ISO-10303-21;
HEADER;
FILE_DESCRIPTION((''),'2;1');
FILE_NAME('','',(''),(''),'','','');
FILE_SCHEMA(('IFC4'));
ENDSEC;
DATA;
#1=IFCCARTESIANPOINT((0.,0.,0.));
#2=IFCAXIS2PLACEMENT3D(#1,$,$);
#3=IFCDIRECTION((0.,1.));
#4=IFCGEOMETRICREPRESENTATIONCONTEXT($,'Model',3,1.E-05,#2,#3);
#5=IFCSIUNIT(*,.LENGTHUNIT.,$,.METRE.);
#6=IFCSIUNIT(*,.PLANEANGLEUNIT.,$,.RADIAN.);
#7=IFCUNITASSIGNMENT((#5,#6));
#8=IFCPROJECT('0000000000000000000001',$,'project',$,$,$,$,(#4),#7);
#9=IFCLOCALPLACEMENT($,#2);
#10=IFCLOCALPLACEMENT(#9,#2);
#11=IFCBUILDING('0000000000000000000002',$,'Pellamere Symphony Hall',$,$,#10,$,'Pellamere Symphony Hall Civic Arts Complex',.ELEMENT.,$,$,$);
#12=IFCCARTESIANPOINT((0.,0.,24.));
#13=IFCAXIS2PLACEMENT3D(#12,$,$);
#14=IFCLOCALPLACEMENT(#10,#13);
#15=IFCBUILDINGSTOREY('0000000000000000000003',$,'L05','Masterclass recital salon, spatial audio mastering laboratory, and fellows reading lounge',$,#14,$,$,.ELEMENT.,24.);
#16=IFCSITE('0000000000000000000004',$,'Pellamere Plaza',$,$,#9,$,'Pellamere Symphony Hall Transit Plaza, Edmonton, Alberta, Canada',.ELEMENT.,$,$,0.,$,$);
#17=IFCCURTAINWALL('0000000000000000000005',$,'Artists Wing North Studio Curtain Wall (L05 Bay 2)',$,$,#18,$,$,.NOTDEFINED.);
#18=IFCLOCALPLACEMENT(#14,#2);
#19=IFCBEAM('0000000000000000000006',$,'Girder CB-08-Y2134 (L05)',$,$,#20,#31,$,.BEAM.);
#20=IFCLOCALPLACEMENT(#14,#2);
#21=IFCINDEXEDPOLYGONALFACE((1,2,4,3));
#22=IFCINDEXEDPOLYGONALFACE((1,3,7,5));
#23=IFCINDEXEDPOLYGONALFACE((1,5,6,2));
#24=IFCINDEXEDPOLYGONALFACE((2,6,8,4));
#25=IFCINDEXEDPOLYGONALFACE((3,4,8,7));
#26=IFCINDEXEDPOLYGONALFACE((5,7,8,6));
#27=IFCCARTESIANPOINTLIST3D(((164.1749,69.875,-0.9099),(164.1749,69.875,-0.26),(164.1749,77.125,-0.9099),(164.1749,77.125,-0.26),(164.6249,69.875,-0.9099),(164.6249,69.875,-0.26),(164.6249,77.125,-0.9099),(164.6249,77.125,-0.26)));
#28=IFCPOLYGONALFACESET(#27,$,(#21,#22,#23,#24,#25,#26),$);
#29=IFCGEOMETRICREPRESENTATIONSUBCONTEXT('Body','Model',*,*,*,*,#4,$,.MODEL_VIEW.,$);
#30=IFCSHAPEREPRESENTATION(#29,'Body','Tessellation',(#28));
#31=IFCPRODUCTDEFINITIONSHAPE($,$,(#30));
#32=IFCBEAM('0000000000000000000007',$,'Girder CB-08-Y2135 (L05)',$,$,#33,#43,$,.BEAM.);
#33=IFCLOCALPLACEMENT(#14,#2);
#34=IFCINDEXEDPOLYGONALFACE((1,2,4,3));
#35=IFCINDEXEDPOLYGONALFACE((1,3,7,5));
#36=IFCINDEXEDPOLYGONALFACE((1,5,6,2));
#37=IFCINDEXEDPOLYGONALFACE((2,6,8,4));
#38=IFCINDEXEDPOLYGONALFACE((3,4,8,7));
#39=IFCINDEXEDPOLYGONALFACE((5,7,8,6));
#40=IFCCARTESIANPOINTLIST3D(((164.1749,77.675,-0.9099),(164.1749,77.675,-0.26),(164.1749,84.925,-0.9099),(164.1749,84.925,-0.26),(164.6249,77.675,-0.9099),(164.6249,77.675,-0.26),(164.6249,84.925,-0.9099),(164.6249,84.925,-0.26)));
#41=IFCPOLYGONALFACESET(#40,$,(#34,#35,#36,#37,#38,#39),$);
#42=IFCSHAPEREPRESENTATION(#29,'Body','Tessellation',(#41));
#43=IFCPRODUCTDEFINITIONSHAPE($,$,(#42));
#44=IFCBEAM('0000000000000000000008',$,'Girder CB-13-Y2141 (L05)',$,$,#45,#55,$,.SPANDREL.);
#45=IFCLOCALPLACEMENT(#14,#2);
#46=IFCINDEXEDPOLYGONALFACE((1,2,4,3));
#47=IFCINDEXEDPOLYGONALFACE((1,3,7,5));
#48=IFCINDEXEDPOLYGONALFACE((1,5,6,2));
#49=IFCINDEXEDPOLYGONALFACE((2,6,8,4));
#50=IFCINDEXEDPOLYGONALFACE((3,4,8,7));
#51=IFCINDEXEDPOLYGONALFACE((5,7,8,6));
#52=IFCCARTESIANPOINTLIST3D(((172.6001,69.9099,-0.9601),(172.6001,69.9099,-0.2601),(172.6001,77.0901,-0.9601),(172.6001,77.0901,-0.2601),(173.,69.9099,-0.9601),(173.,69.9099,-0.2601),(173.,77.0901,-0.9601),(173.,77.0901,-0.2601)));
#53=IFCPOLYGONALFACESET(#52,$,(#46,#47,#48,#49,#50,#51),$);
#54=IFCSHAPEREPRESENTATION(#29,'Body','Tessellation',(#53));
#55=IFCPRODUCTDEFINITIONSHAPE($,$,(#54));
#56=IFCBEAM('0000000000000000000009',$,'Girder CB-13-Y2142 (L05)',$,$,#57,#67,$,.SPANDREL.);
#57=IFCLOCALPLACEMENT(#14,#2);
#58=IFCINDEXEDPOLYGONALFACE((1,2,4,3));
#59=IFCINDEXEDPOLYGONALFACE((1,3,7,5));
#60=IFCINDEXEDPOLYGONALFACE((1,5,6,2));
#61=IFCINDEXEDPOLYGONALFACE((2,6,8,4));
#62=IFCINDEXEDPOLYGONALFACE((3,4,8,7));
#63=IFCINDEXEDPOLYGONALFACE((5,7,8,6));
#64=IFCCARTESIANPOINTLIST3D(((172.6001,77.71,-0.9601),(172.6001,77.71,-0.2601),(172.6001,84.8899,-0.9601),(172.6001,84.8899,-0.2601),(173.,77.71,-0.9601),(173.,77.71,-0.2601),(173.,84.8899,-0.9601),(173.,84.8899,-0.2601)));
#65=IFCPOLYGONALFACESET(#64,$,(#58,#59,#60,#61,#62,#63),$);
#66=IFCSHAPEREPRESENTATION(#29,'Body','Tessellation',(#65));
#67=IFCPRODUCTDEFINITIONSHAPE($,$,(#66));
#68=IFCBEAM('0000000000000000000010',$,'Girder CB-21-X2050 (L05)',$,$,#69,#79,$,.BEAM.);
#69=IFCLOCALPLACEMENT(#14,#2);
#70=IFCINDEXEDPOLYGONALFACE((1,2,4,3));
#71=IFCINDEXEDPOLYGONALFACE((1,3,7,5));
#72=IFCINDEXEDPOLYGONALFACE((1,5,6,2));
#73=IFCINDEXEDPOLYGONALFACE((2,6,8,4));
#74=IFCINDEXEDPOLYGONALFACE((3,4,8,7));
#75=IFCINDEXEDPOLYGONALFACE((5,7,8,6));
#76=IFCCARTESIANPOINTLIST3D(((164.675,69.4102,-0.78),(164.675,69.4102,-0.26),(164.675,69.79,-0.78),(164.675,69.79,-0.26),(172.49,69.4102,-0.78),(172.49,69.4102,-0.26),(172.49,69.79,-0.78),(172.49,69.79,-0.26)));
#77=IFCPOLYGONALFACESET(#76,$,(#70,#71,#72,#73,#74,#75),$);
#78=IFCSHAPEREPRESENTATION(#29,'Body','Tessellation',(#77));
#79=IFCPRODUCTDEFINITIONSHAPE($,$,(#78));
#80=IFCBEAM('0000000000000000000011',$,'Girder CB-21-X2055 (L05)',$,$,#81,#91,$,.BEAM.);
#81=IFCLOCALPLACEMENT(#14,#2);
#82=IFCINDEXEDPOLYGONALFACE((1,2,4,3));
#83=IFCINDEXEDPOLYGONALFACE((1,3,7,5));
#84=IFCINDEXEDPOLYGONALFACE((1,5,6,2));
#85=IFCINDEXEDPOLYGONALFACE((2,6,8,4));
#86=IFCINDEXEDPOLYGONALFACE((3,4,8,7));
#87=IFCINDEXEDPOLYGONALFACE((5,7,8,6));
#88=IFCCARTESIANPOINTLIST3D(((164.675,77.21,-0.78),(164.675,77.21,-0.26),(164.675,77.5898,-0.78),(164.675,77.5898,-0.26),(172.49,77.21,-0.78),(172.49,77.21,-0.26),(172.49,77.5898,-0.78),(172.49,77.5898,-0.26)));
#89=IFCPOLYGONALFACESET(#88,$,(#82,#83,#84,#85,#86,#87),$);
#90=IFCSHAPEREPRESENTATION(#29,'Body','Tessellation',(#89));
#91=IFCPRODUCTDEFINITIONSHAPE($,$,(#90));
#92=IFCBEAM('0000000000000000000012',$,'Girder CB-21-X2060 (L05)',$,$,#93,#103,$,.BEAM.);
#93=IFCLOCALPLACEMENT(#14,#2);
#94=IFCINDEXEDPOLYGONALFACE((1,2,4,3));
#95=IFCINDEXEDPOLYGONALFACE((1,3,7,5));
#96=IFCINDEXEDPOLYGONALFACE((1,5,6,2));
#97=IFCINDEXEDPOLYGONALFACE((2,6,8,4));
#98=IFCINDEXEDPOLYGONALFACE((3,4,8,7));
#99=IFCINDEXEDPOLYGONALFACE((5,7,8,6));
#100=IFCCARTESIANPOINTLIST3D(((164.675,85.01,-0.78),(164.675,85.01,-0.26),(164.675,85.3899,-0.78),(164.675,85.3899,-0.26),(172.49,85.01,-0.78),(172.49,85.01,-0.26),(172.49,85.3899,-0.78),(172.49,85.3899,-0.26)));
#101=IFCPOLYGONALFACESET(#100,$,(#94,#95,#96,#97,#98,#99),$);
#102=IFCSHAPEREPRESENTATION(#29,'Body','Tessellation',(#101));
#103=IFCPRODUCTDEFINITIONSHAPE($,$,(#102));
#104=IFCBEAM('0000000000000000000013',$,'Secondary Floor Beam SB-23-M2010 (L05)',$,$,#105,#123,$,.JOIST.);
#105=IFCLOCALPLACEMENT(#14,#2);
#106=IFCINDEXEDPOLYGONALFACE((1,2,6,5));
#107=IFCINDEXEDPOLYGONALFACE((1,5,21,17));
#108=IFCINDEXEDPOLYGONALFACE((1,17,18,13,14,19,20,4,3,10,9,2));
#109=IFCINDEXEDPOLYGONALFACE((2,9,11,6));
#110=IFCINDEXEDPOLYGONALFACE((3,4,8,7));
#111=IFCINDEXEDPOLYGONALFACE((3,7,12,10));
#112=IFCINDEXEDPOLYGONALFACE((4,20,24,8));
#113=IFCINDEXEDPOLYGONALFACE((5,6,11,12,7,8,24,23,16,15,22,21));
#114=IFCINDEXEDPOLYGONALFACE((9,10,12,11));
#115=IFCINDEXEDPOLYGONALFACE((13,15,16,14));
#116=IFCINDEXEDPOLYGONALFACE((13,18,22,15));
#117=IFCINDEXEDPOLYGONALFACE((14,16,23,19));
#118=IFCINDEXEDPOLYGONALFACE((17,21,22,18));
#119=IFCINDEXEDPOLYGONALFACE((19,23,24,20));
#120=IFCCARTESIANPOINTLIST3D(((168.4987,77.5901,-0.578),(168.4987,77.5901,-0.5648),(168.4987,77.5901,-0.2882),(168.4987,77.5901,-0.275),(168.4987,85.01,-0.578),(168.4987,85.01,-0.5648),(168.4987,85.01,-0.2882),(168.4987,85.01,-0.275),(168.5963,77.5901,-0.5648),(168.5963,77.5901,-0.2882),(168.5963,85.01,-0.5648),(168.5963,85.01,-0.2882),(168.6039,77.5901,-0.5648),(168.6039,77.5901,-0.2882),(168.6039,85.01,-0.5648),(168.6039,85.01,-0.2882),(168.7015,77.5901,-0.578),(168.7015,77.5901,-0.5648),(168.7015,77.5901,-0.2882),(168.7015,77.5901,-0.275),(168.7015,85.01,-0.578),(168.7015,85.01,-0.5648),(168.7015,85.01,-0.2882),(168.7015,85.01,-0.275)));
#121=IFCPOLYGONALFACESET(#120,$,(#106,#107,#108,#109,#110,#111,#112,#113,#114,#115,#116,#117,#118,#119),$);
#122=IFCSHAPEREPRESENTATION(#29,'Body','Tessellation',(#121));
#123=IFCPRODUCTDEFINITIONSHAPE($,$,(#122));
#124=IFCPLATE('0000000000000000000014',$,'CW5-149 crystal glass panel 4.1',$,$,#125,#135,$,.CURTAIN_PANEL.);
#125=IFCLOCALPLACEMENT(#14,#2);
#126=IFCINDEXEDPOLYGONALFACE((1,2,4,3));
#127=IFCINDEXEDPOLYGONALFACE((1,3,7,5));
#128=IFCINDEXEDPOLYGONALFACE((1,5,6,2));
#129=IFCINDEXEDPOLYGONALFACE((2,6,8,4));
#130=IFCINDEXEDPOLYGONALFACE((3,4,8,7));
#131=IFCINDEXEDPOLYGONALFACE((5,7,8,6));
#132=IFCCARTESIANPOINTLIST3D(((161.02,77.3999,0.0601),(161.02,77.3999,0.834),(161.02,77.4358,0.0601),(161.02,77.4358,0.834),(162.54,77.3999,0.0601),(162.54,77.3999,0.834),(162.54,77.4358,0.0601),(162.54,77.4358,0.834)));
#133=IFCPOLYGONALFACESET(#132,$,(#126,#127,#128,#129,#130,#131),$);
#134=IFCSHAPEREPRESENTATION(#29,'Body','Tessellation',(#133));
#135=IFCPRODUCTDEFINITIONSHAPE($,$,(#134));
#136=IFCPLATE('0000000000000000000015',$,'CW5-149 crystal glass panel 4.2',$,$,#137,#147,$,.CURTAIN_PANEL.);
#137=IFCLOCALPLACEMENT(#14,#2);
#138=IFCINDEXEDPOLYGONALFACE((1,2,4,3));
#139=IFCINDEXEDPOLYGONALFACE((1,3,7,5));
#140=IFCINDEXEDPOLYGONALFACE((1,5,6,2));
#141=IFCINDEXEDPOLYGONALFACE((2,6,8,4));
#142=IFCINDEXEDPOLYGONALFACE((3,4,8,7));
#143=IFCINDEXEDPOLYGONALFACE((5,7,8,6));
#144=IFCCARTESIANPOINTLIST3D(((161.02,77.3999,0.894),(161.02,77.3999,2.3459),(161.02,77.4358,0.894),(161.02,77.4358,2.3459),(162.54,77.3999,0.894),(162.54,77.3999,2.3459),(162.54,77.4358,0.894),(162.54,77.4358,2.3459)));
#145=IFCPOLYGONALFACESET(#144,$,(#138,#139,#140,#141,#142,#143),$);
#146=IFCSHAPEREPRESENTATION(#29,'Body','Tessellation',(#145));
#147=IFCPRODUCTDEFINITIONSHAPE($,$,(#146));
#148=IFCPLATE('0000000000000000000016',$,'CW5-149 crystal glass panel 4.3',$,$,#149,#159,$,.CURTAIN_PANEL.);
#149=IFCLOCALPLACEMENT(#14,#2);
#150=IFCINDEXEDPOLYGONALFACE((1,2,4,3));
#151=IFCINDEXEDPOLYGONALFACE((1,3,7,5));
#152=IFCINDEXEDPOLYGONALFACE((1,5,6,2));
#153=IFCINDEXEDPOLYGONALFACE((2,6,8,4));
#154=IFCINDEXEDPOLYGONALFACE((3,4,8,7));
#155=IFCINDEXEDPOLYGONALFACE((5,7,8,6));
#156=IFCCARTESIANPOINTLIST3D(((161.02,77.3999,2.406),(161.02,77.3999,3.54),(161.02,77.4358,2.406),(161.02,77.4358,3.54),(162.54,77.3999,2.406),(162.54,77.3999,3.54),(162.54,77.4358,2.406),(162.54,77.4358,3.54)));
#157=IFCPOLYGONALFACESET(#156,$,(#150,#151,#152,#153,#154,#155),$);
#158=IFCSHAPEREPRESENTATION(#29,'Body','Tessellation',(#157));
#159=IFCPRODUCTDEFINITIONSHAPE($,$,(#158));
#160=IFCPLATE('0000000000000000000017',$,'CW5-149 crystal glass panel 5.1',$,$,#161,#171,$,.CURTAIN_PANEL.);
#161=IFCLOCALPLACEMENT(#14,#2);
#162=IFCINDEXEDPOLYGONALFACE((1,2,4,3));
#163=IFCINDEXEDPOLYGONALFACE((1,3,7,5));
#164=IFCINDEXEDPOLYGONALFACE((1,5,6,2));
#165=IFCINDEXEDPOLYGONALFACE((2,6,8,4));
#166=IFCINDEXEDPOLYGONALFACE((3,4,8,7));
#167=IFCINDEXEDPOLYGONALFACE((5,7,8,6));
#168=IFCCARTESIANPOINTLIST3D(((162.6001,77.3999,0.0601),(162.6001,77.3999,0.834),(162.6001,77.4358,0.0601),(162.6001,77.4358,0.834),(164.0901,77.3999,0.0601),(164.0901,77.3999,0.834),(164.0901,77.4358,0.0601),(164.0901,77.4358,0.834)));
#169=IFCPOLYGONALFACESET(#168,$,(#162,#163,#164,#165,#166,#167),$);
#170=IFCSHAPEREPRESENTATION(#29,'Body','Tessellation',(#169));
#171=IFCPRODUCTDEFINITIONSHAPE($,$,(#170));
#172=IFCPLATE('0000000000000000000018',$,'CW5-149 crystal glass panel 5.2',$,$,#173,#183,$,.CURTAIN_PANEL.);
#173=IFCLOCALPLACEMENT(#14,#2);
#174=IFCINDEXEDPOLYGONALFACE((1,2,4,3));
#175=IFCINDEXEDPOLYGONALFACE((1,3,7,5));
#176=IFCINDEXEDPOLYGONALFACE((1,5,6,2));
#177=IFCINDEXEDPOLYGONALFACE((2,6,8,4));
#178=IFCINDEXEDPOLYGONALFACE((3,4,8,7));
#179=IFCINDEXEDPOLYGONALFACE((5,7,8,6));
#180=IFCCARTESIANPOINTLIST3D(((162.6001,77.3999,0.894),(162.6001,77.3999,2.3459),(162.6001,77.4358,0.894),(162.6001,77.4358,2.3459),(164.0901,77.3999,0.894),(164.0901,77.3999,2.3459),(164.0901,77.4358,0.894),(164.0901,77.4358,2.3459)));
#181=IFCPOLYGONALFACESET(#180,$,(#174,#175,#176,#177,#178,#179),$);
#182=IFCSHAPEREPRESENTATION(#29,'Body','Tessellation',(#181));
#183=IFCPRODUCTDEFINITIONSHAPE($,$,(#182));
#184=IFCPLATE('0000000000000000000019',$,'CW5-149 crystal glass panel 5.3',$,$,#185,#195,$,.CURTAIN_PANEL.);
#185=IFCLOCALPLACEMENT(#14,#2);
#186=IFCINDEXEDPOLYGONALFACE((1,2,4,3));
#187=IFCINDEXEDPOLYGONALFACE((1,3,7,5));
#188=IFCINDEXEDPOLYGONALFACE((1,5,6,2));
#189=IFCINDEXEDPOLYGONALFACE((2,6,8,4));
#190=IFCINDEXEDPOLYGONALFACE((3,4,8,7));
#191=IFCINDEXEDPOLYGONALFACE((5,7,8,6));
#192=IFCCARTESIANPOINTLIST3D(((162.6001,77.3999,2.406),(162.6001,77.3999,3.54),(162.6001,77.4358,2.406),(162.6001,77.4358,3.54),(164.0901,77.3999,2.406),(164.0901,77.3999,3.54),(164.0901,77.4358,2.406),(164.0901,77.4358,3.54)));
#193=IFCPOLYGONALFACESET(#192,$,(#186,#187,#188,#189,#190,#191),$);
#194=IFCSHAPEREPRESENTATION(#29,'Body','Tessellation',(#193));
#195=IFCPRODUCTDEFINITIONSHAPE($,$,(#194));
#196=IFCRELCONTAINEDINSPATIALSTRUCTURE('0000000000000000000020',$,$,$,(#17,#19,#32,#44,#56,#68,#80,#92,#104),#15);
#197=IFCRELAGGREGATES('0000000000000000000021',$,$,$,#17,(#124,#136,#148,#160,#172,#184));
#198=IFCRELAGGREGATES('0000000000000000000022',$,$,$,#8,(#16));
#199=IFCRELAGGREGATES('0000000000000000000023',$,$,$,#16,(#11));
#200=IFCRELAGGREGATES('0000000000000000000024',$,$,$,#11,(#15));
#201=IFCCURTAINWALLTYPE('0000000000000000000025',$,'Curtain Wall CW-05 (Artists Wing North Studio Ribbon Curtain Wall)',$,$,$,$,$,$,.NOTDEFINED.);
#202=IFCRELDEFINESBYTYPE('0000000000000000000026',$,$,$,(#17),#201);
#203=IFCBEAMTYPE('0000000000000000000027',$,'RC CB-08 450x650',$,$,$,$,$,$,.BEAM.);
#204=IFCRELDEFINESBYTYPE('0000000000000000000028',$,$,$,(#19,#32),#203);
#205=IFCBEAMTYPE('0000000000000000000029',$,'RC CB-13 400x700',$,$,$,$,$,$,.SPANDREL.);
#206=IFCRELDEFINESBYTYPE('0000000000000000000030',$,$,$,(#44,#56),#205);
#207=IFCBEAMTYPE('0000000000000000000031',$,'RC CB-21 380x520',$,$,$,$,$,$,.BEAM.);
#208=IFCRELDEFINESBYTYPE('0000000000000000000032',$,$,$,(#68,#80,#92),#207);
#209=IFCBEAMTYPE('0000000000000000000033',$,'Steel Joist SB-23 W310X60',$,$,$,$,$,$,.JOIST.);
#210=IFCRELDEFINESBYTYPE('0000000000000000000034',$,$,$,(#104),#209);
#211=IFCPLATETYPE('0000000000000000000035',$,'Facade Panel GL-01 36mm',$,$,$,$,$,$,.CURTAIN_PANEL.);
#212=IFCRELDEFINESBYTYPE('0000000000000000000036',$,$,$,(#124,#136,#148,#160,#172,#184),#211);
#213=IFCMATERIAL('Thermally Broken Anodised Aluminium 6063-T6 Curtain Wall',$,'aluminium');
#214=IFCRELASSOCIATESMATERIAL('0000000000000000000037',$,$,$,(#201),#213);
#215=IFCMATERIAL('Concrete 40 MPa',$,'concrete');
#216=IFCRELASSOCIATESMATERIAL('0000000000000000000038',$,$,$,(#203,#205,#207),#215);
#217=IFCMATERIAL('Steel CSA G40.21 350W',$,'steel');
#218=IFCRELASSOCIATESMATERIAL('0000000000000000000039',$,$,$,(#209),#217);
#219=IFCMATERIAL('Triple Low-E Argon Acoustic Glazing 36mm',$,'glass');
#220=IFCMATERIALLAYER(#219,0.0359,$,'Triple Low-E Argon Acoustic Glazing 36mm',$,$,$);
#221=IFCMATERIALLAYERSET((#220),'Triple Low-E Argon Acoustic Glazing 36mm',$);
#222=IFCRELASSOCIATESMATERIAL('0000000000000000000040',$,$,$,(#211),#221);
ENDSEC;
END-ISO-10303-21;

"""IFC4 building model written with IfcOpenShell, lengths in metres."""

from ifc_helpers import new_model, si_unit, direction, frame, origin, origin_2d, place, context, subcontext, project, spatial, polyline, rectangle, i_section, outline, extrude, material, layer, layer_set, material_profile, profile_set, type_object, element, aggregate, save


model = new_model("IFC4")

# Units and contexts
model_context = context("Model", 3, precision=1e-05, world=origin(), true_north=direction((0.0, 1.0)))
body_context = subcontext(model_context, "Body", "Model", "MODEL_VIEW")
ifc_project = project(units=[si_unit("LENGTHUNIT", "METRE"), si_unit("PLANEANGLEUNIT", "RADIAN")], contexts=[model_context])

# Site, building, storey
site_placement = place(None, origin())
site = spatial("IfcSite", under=ifc_project, at=site_placement, Name="Pellamere Plaza", LongName="Pellamere Symphony Hall Transit Plaza, Edmonton, Alberta, Canada", CompositionType="ELEMENT", RefElevation=0.0)
building_placement = place(site_placement, origin())
building = spatial("IfcBuilding", under=site, at=building_placement, Name="Pellamere Symphony Hall", LongName="Pellamere Symphony Hall Civic Arts Complex", CompositionType="ELEMENT")
storey_placement = place(building_placement, frame((0.0, 0.0, 24.0)))
storey = spatial("IfcBuildingStorey", under=building, at=storey_placement, Name="L05", Description="Masterclass recital salon, spatial audio mastering laboratory, and fellows reading lounge", CompositionType="ELEMENT", Elevation=24.0)

# Curtain wall
ifc_material_1 = material(Name="Thermally Broken Anodised Aluminium 6063-T6 Curtain Wall", Category="aluminium")
curtain_wall_type = type_object("IfcCurtainWallType", Name="Curtain Wall CW-05 (Artists Wing North Studio Ribbon Curtain Wall)", PredefinedType="NOTDEFINED", material=ifc_material_1)
curtain_wall_placement = place(storey_placement, origin())
curtain_wall = element("IfcCurtainWall", 1, at=curtain_wall_placement, inside=storey, type_object=curtain_wall_type, Name="Artists Wing North Studio Curtain Wall (L05 Bay 2)", PredefinedType="NOTDEFINED")

# Beams
ifc_material_2 = material(Name="Concrete 40 MPa", Category="concrete")
ifc_material_profile_1 = material_profile(ifc_material_2, rectangle(XDim=0.45, YDim=0.6499, at=origin_2d()), Name="RC 450x650")
ifc_profile_set_1 = profile_set([ifc_material_profile_1], Name="Concrete 40 MPa")
beam_type_1 = type_object("IfcBeamType", Name="RC CB-08 450x650", PredefinedType="BEAM", material=ifc_profile_set_1)
for number, where, z_axis, x_axis, name in (
    (2, (164.3999, 69.875, -0.585), (0.0, 1.0, 0.0), (-1.0, 0.0, 0.0), "Girder CB-08-Y2134 (L05)"),
    (3, (164.3999, 77.675, -0.585), (0.0, 1.0, 0.0), (-1.0, 0.0, 0.0), "Girder CB-08-Y2135 (L05)"),
):
    element("IfcBeam", number, at=place(storey_placement, frame(where, z_axis=z_axis, x_axis=x_axis)), inside=storey, type_object=beam_type_1, Name=name, PredefinedType="BEAM", context=body_context, shape_type="SweptSolid", body=[
        extrude(rectangle(XDim=0.45, YDim=0.6499, at=origin_2d()), origin(), (0.0, 0.0, 1.0), 7.25),
    ])
ifc_material_profile_2 = material_profile(ifc_material_2, rectangle(XDim=0.3999, YDim=0.7, at=origin_2d()), Name="RC 400x700")
ifc_profile_set_2 = profile_set([ifc_material_profile_2], Name="Concrete 40 MPa")
beam_type_2 = type_object("IfcBeamType", Name="RC CB-13 400x700", PredefinedType="SPANDREL", material=ifc_profile_set_2)
beam_1_placement = place(storey_placement, frame((172.8, 69.9099, -0.6101), z_axis=(0.0, 1.0, 0.0), x_axis=(-1.0, 0.0, 0.0)))
element("IfcBeam", 4, at=beam_1_placement, inside=storey, type_object=beam_type_2, Name="Girder CB-13-Y2141 (L05)", PredefinedType="SPANDREL", context=body_context, shape_type="SweptSolid", body=[
    extrude(rectangle(XDim=0.3999, YDim=0.7, at=origin_2d()), origin(), (0.0, 0.0, 1.0), 7.1802),
])
beam_2_placement = place(storey_placement, frame((172.8, 77.71, -0.6101), z_axis=(0.0, 1.0, 0.0), x_axis=(-1.0, 0.0, 0.0)))
element("IfcBeam", 5, at=beam_2_placement, inside=storey, type_object=beam_type_2, Name="Girder CB-13-Y2142 (L05)", PredefinedType="SPANDREL", context=body_context, shape_type="SweptSolid", body=[
    extrude(rectangle(XDim=0.3999, YDim=0.7, at=origin_2d()), origin(), (0.0, 0.0, 1.0), 7.1799),
])
ifc_material_profile_3 = material_profile(ifc_material_2, rectangle(XDim=0.3799, YDim=0.52, at=origin_2d()), Name="RC 380x520")
ifc_profile_set_3 = profile_set([ifc_material_profile_3], Name="Concrete 40 MPa")
beam_type_3 = type_object("IfcBeamType", Name="RC CB-21 380x520", PredefinedType="BEAM", material=ifc_profile_set_3)
for number, where, z_axis, x_axis, name in (
    (6, (164.675, 69.6001, -0.52), (1.0, 0.0, 0.0), (0.0, 1.0, 0.0), "Girder CB-21-X2050 (L05)"),
    (7, (164.675, 77.3999, -0.52), (1.0, 0.0, 0.0), (0.0, 1.0, 0.0), "Girder CB-21-X2055 (L05)"),
    (8, (164.675, 85.2, -0.52), (1.0, 0.0, 0.0), (0.0, 1.0, 0.0), "Girder CB-21-X2060 (L05)"),
):
    element("IfcBeam", number, at=place(storey_placement, frame(where, z_axis=z_axis, x_axis=x_axis)), inside=storey, type_object=beam_type_3, Name=name, PredefinedType="BEAM", context=body_context, shape_type="SweptSolid", body=[
        extrude(rectangle(XDim=0.3799, YDim=0.52, at=origin_2d()), origin(), (0.0, 0.0, 1.0), 7.8149),
    ])
ifc_material_3 = material(Name="Steel CSA G40.21 350W", Category="steel")
ifc_material_profile_4 = material_profile(ifc_material_3, i_section(OverallWidth=0.2029, OverallDepth=0.303, WebThickness=0.0076, FlangeThickness=0.0132, at=origin_2d()), Name="W310X60")
ifc_profile_set_4 = profile_set([ifc_material_profile_4], Name="Steel CSA G40.21 350W")
beam_type_4 = type_object("IfcBeamType", Name="Steel Joist SB-23 W310X60", PredefinedType="JOIST", material=ifc_profile_set_4)
beam_3_placement = place(storey_placement, frame((168.6001, 77.5901, -0.4265), z_axis=(0.0, 1.0, 0.0), x_axis=(-1.0, 0.0, 0.0)))
element("IfcBeam", 9, at=beam_3_placement, inside=storey, type_object=beam_type_4, Name="Secondary Floor Beam SB-23-M2010 (L05)", PredefinedType="JOIST", context=body_context, shape_type="SweptSolid", body=[
    extrude(i_section(OverallWidth=0.2029, OverallDepth=0.303, WebThickness=0.0076, FlangeThickness=0.0132, at=origin_2d()), origin(), (0.0, 0.0, 1.0), 7.4199),
])

# Plates
ifc_material_4 = material(Name="Triple Low-E Argon Acoustic Glazing 36mm", Category="glass")
ifc_layer_1 = layer(ifc_material_4, 0.0359, Name="Triple Low-E Argon Acoustic Glazing 36mm")
ifc_layer_set_1 = layer_set([ifc_layer_1], Name="Triple Low-E Argon Acoustic Glazing 36mm")
plate_type = type_object("IfcPlateType", Name="Facade Panel GL-01 36mm", PredefinedType="CURTAIN_PANEL", material=ifc_layer_set_1)
plate_1_placement = place(storey_placement, frame((161.02, 77.3999, 0.0601), z_axis=(0.0, -1.0, 0.0), x_axis=(1.0, 0.0, 0.0)))
plate_1 = element("IfcPlate", 10, at=plate_1_placement, type_object=plate_type, Name="CW5-149 crystal glass panel 4.1", PredefinedType="CURTAIN_PANEL", context=body_context, shape_type="SweptSolid", body=[
    extrude(outline(polyline([(0.0, 0.0), (1.52, 0.0), (1.52, 0.7739), (0.0, 0.7739), (0.0, 0.0)])), origin(), (0.0, 0.0, -1.0), 0.0359),
])
plate_2_placement = place(storey_placement, frame((161.02, 77.3999, 0.894), z_axis=(0.0, -1.0, 0.0), x_axis=(1.0, 0.0, 0.0)))
plate_2 = element("IfcPlate", 11, at=plate_2_placement, type_object=plate_type, Name="CW5-149 crystal glass panel 4.2", PredefinedType="CURTAIN_PANEL", context=body_context, shape_type="SweptSolid", body=[
    extrude(outline(polyline([(0.0, 0.0), (1.52, 0.0), (1.52, 1.4519), (0.0, 1.4519), (0.0, 0.0)])), origin(), (0.0, 0.0, -1.0), 0.0359),
])
plate_3_placement = place(storey_placement, frame((161.02, 77.3999, 2.406), z_axis=(0.0, -1.0, 0.0), x_axis=(1.0, 0.0, 0.0)))
plate_3 = element("IfcPlate", 12, at=plate_3_placement, type_object=plate_type, Name="CW5-149 crystal glass panel 4.3", PredefinedType="CURTAIN_PANEL", context=body_context, shape_type="SweptSolid", body=[
    extrude(outline(polyline([(0.0, 0.0), (1.52, 0.0), (1.52, 1.134), (0.0, 1.134), (0.0, 0.0)])), origin(), (0.0, 0.0, -1.0), 0.0359),
])
plate_4_placement = place(storey_placement, frame((162.6001, 77.3999, 0.0601), z_axis=(0.0, -1.0, 0.0), x_axis=(1.0, 0.0, 0.0)))
plate_4 = element("IfcPlate", 13, at=plate_4_placement, type_object=plate_type, Name="CW5-149 crystal glass panel 5.1", PredefinedType="CURTAIN_PANEL", context=body_context, shape_type="SweptSolid", body=[
    extrude(outline(polyline([(0.0, 0.0), (1.49, 0.0), (1.49, 0.7739), (0.0, 0.7739), (0.0, 0.0)])), origin(), (0.0, 0.0, -1.0), 0.0359),
])
plate_5_placement = place(storey_placement, frame((162.6001, 77.3999, 0.894), z_axis=(0.0, -1.0, 0.0), x_axis=(1.0, 0.0, 0.0)))
plate_5 = element("IfcPlate", 14, at=plate_5_placement, type_object=plate_type, Name="CW5-149 crystal glass panel 5.2", PredefinedType="CURTAIN_PANEL", context=body_context, shape_type="SweptSolid", body=[
    extrude(outline(polyline([(0.0, 0.0), (1.49, 0.0), (1.49, 1.4519), (0.0, 1.4519), (0.0, 0.0)])), origin(), (0.0, 0.0, -1.0), 0.0359),
])
plate_6_placement = place(storey_placement, frame((162.6001, 77.3999, 2.406), z_axis=(0.0, -1.0, 0.0), x_axis=(1.0, 0.0, 0.0)))
plate_6 = element("IfcPlate", 15, at=plate_6_placement, type_object=plate_type, Name="CW5-149 crystal glass panel 5.3", PredefinedType="CURTAIN_PANEL", context=body_context, shape_type="SweptSolid", body=[
    extrude(outline(polyline([(0.0, 0.0), (1.49, 0.0), (1.49, 1.134), (0.0, 1.134), (0.0, 0.0)])), origin(), (0.0, 0.0, -1.0), 0.0359),
])
aggregate(curtain_wall, [plate_1, plate_2, plate_3, plate_4, plate_5, plate_6])

save(model, "model.ifc")
